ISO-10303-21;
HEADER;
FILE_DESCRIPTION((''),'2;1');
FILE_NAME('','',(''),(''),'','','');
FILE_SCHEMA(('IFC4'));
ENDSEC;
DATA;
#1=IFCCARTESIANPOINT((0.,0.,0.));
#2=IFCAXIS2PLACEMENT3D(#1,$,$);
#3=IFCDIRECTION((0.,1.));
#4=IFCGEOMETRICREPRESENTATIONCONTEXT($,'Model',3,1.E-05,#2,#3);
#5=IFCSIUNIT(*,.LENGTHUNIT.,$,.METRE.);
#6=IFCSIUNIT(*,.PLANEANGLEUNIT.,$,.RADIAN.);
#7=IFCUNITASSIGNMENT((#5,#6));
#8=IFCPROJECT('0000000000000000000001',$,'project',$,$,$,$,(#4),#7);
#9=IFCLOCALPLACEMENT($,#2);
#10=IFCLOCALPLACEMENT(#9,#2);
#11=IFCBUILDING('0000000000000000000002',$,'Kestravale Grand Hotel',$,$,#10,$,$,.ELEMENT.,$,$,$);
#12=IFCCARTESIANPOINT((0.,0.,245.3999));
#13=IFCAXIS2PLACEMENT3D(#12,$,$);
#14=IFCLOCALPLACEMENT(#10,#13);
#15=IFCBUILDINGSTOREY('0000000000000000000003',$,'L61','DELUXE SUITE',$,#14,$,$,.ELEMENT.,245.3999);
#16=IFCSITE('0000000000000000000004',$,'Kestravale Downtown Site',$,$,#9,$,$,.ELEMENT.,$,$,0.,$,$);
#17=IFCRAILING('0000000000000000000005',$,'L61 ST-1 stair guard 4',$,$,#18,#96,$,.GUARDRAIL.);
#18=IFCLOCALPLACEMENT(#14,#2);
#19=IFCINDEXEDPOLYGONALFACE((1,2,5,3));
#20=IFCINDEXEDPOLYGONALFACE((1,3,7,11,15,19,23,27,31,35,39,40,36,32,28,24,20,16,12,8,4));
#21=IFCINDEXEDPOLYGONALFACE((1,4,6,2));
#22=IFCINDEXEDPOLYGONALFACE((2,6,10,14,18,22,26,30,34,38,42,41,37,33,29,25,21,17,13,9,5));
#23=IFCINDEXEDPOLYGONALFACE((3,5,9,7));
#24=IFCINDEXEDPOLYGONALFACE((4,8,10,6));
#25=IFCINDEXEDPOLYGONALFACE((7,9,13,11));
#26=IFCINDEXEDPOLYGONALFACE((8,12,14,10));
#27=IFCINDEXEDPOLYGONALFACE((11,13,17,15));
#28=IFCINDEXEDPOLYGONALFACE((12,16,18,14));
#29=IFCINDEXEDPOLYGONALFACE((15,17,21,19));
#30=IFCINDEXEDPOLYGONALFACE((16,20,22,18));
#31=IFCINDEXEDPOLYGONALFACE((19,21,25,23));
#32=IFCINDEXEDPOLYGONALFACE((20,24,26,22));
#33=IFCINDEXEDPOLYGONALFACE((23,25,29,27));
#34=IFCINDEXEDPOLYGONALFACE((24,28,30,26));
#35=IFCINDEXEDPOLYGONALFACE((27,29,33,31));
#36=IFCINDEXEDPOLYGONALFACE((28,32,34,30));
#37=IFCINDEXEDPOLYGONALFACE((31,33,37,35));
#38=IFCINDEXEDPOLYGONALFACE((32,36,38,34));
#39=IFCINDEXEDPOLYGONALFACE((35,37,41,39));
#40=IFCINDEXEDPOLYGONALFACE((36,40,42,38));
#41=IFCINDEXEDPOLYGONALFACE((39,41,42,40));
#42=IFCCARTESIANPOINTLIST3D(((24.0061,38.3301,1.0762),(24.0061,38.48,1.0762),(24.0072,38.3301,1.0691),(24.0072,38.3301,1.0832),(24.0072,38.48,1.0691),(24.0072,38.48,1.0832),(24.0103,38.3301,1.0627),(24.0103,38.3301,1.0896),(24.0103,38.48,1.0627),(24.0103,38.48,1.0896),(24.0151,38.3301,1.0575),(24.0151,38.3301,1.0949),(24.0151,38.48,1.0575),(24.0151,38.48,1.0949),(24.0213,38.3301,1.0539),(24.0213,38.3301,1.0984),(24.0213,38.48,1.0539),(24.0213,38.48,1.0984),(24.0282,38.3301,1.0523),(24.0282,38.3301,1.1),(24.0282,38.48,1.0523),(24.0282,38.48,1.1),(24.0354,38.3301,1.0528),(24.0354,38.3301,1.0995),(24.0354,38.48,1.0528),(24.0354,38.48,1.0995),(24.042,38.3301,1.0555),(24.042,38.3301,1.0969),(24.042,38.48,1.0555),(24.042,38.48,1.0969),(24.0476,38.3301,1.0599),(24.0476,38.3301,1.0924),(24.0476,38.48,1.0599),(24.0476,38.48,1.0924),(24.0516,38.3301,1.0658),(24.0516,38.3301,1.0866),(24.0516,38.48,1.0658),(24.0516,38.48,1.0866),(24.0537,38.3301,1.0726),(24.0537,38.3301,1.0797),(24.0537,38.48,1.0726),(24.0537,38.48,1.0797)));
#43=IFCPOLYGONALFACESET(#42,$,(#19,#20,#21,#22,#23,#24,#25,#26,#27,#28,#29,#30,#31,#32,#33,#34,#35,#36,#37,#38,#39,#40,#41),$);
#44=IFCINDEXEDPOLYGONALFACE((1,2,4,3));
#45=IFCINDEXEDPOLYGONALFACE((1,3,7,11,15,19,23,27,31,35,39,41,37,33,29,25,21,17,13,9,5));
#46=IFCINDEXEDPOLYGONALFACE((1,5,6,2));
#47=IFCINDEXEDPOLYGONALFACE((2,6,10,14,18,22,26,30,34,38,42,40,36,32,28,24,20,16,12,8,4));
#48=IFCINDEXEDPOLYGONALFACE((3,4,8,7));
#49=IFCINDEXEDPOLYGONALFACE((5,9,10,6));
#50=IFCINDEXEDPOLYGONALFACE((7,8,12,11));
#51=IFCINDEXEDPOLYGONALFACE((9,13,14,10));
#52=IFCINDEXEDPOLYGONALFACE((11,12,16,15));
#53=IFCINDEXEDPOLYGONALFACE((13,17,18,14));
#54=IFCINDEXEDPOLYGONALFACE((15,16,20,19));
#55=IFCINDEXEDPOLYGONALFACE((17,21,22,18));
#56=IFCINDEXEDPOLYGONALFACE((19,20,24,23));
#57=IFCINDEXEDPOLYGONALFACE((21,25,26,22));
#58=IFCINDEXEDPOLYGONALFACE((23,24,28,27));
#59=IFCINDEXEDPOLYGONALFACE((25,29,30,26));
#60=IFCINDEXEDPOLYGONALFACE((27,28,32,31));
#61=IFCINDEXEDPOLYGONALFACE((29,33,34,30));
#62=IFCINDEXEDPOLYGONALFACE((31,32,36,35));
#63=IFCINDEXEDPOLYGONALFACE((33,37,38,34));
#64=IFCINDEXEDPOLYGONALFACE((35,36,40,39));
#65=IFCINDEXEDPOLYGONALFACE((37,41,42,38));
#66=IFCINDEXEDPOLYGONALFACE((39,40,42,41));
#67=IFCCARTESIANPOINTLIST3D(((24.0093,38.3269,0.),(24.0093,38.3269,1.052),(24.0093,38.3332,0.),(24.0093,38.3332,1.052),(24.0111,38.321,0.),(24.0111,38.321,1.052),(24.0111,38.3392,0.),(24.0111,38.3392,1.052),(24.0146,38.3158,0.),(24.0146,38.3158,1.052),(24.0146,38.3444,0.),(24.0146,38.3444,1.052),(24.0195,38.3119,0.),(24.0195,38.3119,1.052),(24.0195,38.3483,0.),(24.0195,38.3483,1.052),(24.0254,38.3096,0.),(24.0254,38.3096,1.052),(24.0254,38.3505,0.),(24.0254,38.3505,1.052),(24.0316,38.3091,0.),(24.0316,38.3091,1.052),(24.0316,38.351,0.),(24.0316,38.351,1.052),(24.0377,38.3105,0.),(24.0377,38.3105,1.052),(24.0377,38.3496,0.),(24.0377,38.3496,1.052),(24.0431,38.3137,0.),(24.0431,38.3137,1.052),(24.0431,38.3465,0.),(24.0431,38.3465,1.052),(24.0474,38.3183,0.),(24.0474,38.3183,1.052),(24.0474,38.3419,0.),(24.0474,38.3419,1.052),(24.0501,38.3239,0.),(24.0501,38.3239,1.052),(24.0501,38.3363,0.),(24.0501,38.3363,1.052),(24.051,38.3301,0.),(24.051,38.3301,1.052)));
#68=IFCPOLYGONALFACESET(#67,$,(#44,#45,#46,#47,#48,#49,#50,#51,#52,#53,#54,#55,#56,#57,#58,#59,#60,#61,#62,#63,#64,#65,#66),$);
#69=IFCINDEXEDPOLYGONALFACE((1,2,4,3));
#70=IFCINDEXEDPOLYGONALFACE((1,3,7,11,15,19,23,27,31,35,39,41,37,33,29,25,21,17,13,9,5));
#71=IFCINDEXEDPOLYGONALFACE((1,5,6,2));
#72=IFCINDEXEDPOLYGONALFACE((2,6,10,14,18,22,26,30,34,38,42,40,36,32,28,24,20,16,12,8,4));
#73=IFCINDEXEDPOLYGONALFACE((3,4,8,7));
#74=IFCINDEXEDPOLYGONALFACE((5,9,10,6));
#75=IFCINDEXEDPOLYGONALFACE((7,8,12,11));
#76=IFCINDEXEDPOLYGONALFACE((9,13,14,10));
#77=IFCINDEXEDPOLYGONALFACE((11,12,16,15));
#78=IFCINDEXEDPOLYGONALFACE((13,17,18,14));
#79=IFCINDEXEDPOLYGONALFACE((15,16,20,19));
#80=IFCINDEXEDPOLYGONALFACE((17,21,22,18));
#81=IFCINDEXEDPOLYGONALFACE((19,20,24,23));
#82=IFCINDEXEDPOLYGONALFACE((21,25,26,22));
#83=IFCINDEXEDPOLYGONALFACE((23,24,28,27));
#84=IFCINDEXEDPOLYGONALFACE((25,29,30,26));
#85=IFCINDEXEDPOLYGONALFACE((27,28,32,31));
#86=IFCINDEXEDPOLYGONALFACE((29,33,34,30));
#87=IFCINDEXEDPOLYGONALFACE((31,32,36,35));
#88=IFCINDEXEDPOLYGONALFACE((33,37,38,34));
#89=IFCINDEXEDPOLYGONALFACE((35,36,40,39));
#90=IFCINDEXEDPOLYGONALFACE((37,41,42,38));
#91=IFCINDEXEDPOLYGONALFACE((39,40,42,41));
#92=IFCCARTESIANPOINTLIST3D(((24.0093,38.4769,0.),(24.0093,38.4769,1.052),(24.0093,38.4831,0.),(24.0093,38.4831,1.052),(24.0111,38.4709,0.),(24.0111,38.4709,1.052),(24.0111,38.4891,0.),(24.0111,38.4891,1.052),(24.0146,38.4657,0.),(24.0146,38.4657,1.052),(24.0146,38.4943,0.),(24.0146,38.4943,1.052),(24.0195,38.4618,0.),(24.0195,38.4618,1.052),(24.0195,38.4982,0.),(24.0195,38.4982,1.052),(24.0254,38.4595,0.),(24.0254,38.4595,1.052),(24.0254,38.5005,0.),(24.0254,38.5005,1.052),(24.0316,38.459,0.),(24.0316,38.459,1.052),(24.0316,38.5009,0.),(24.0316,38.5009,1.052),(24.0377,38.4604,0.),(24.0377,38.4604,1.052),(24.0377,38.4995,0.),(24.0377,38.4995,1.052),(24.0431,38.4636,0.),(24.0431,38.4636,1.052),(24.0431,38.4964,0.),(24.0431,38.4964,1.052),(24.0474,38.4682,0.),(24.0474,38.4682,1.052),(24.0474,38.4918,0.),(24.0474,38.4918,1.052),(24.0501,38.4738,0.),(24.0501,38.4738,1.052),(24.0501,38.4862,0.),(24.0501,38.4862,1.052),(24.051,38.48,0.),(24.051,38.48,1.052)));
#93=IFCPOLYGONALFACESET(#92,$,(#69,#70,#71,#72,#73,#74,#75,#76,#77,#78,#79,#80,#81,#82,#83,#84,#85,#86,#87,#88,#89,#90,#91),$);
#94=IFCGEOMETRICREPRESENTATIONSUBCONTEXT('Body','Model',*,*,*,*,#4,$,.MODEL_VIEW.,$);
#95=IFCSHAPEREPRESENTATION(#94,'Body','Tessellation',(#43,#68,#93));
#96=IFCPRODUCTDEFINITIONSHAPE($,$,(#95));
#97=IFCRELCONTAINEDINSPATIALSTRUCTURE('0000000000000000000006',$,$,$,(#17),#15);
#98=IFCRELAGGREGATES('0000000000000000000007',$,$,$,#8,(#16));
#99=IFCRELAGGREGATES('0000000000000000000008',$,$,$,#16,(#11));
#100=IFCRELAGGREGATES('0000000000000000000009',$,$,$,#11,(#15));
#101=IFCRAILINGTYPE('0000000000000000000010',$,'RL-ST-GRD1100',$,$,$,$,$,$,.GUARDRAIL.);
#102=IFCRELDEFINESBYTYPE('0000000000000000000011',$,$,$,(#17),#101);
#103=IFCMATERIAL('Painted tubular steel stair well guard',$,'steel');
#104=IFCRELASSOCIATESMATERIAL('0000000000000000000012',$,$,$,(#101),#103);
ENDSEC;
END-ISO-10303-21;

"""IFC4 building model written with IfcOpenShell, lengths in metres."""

from ifc_helpers import new_model, si_unit, direction, frame, origin, origin_2d, place, context, subcontext, project, spatial, circle, extrude, material, type_object, element, save


model = new_model("IFC4")

# Units and contexts
model_context = context("Model", 3, precision=1e-05, world=origin(), true_north=direction((0.0, 1.0)))
body_context = subcontext(model_context, "Body", "Model", "MODEL_VIEW")
ifc_project = project(units=[si_unit("LENGTHUNIT", "METRE"), si_unit("PLANEANGLEUNIT", "RADIAN")], contexts=[model_context])

# Site, building, storey
site_placement = place(None, origin())
site = spatial("IfcSite", under=ifc_project, at=site_placement, Name="Kestravale Downtown Site", CompositionType="ELEMENT", RefElevation=0.0)
building_placement = place(site_placement, origin())
building = spatial("IfcBuilding", under=site, at=building_placement, Name="Kestravale Grand Hotel", CompositionType="ELEMENT")
storey_placement = place(building_placement, frame((0.0, 0.0, 245.3999)))
storey = spatial("IfcBuildingStorey", under=building, at=storey_placement, Name="L61", Description="DELUXE SUITE", CompositionType="ELEMENT", Elevation=245.3999)

# Railing
ifc_material_1 = material(Name="Painted tubular steel stair well guard", Category="steel")
railing_type_1 = type_object("IfcRailingType", Name="RL-ST-GRD1100", PredefinedType="GUARDRAIL", material=ifc_material_1)
railing_1_placement = place(storey_placement, frame((24.03, 38.3301, 0.0)))
element("IfcRailing", 1, at=railing_1_placement, inside=storey, type_object=railing_type_1, Name="L61 ST-1 stair guard 4", PredefinedType="GUARDRAIL", context=body_context, shape_type="SweptSolid", body=[
    extrude(circle(Radius=0.0239, at=origin_2d()), frame((0.0, 0.0, 1.0762), z_axis=(0.0, 1.0, 0.0), x_axis=(-1.0, 0.0, 0.0)), (0.0, 0.0, 1.0), 0.1499),
    extrude(circle(Radius=0.021, at=origin_2d()), origin(), (0.0, 0.0, 1.0), 1.052),
    extrude(circle(Radius=0.021, at=origin_2d()), frame((0.0, 0.1499, 0.0)), (0.0, 0.0, 1.0), 1.052),
])

save(model, "model.ifc")
